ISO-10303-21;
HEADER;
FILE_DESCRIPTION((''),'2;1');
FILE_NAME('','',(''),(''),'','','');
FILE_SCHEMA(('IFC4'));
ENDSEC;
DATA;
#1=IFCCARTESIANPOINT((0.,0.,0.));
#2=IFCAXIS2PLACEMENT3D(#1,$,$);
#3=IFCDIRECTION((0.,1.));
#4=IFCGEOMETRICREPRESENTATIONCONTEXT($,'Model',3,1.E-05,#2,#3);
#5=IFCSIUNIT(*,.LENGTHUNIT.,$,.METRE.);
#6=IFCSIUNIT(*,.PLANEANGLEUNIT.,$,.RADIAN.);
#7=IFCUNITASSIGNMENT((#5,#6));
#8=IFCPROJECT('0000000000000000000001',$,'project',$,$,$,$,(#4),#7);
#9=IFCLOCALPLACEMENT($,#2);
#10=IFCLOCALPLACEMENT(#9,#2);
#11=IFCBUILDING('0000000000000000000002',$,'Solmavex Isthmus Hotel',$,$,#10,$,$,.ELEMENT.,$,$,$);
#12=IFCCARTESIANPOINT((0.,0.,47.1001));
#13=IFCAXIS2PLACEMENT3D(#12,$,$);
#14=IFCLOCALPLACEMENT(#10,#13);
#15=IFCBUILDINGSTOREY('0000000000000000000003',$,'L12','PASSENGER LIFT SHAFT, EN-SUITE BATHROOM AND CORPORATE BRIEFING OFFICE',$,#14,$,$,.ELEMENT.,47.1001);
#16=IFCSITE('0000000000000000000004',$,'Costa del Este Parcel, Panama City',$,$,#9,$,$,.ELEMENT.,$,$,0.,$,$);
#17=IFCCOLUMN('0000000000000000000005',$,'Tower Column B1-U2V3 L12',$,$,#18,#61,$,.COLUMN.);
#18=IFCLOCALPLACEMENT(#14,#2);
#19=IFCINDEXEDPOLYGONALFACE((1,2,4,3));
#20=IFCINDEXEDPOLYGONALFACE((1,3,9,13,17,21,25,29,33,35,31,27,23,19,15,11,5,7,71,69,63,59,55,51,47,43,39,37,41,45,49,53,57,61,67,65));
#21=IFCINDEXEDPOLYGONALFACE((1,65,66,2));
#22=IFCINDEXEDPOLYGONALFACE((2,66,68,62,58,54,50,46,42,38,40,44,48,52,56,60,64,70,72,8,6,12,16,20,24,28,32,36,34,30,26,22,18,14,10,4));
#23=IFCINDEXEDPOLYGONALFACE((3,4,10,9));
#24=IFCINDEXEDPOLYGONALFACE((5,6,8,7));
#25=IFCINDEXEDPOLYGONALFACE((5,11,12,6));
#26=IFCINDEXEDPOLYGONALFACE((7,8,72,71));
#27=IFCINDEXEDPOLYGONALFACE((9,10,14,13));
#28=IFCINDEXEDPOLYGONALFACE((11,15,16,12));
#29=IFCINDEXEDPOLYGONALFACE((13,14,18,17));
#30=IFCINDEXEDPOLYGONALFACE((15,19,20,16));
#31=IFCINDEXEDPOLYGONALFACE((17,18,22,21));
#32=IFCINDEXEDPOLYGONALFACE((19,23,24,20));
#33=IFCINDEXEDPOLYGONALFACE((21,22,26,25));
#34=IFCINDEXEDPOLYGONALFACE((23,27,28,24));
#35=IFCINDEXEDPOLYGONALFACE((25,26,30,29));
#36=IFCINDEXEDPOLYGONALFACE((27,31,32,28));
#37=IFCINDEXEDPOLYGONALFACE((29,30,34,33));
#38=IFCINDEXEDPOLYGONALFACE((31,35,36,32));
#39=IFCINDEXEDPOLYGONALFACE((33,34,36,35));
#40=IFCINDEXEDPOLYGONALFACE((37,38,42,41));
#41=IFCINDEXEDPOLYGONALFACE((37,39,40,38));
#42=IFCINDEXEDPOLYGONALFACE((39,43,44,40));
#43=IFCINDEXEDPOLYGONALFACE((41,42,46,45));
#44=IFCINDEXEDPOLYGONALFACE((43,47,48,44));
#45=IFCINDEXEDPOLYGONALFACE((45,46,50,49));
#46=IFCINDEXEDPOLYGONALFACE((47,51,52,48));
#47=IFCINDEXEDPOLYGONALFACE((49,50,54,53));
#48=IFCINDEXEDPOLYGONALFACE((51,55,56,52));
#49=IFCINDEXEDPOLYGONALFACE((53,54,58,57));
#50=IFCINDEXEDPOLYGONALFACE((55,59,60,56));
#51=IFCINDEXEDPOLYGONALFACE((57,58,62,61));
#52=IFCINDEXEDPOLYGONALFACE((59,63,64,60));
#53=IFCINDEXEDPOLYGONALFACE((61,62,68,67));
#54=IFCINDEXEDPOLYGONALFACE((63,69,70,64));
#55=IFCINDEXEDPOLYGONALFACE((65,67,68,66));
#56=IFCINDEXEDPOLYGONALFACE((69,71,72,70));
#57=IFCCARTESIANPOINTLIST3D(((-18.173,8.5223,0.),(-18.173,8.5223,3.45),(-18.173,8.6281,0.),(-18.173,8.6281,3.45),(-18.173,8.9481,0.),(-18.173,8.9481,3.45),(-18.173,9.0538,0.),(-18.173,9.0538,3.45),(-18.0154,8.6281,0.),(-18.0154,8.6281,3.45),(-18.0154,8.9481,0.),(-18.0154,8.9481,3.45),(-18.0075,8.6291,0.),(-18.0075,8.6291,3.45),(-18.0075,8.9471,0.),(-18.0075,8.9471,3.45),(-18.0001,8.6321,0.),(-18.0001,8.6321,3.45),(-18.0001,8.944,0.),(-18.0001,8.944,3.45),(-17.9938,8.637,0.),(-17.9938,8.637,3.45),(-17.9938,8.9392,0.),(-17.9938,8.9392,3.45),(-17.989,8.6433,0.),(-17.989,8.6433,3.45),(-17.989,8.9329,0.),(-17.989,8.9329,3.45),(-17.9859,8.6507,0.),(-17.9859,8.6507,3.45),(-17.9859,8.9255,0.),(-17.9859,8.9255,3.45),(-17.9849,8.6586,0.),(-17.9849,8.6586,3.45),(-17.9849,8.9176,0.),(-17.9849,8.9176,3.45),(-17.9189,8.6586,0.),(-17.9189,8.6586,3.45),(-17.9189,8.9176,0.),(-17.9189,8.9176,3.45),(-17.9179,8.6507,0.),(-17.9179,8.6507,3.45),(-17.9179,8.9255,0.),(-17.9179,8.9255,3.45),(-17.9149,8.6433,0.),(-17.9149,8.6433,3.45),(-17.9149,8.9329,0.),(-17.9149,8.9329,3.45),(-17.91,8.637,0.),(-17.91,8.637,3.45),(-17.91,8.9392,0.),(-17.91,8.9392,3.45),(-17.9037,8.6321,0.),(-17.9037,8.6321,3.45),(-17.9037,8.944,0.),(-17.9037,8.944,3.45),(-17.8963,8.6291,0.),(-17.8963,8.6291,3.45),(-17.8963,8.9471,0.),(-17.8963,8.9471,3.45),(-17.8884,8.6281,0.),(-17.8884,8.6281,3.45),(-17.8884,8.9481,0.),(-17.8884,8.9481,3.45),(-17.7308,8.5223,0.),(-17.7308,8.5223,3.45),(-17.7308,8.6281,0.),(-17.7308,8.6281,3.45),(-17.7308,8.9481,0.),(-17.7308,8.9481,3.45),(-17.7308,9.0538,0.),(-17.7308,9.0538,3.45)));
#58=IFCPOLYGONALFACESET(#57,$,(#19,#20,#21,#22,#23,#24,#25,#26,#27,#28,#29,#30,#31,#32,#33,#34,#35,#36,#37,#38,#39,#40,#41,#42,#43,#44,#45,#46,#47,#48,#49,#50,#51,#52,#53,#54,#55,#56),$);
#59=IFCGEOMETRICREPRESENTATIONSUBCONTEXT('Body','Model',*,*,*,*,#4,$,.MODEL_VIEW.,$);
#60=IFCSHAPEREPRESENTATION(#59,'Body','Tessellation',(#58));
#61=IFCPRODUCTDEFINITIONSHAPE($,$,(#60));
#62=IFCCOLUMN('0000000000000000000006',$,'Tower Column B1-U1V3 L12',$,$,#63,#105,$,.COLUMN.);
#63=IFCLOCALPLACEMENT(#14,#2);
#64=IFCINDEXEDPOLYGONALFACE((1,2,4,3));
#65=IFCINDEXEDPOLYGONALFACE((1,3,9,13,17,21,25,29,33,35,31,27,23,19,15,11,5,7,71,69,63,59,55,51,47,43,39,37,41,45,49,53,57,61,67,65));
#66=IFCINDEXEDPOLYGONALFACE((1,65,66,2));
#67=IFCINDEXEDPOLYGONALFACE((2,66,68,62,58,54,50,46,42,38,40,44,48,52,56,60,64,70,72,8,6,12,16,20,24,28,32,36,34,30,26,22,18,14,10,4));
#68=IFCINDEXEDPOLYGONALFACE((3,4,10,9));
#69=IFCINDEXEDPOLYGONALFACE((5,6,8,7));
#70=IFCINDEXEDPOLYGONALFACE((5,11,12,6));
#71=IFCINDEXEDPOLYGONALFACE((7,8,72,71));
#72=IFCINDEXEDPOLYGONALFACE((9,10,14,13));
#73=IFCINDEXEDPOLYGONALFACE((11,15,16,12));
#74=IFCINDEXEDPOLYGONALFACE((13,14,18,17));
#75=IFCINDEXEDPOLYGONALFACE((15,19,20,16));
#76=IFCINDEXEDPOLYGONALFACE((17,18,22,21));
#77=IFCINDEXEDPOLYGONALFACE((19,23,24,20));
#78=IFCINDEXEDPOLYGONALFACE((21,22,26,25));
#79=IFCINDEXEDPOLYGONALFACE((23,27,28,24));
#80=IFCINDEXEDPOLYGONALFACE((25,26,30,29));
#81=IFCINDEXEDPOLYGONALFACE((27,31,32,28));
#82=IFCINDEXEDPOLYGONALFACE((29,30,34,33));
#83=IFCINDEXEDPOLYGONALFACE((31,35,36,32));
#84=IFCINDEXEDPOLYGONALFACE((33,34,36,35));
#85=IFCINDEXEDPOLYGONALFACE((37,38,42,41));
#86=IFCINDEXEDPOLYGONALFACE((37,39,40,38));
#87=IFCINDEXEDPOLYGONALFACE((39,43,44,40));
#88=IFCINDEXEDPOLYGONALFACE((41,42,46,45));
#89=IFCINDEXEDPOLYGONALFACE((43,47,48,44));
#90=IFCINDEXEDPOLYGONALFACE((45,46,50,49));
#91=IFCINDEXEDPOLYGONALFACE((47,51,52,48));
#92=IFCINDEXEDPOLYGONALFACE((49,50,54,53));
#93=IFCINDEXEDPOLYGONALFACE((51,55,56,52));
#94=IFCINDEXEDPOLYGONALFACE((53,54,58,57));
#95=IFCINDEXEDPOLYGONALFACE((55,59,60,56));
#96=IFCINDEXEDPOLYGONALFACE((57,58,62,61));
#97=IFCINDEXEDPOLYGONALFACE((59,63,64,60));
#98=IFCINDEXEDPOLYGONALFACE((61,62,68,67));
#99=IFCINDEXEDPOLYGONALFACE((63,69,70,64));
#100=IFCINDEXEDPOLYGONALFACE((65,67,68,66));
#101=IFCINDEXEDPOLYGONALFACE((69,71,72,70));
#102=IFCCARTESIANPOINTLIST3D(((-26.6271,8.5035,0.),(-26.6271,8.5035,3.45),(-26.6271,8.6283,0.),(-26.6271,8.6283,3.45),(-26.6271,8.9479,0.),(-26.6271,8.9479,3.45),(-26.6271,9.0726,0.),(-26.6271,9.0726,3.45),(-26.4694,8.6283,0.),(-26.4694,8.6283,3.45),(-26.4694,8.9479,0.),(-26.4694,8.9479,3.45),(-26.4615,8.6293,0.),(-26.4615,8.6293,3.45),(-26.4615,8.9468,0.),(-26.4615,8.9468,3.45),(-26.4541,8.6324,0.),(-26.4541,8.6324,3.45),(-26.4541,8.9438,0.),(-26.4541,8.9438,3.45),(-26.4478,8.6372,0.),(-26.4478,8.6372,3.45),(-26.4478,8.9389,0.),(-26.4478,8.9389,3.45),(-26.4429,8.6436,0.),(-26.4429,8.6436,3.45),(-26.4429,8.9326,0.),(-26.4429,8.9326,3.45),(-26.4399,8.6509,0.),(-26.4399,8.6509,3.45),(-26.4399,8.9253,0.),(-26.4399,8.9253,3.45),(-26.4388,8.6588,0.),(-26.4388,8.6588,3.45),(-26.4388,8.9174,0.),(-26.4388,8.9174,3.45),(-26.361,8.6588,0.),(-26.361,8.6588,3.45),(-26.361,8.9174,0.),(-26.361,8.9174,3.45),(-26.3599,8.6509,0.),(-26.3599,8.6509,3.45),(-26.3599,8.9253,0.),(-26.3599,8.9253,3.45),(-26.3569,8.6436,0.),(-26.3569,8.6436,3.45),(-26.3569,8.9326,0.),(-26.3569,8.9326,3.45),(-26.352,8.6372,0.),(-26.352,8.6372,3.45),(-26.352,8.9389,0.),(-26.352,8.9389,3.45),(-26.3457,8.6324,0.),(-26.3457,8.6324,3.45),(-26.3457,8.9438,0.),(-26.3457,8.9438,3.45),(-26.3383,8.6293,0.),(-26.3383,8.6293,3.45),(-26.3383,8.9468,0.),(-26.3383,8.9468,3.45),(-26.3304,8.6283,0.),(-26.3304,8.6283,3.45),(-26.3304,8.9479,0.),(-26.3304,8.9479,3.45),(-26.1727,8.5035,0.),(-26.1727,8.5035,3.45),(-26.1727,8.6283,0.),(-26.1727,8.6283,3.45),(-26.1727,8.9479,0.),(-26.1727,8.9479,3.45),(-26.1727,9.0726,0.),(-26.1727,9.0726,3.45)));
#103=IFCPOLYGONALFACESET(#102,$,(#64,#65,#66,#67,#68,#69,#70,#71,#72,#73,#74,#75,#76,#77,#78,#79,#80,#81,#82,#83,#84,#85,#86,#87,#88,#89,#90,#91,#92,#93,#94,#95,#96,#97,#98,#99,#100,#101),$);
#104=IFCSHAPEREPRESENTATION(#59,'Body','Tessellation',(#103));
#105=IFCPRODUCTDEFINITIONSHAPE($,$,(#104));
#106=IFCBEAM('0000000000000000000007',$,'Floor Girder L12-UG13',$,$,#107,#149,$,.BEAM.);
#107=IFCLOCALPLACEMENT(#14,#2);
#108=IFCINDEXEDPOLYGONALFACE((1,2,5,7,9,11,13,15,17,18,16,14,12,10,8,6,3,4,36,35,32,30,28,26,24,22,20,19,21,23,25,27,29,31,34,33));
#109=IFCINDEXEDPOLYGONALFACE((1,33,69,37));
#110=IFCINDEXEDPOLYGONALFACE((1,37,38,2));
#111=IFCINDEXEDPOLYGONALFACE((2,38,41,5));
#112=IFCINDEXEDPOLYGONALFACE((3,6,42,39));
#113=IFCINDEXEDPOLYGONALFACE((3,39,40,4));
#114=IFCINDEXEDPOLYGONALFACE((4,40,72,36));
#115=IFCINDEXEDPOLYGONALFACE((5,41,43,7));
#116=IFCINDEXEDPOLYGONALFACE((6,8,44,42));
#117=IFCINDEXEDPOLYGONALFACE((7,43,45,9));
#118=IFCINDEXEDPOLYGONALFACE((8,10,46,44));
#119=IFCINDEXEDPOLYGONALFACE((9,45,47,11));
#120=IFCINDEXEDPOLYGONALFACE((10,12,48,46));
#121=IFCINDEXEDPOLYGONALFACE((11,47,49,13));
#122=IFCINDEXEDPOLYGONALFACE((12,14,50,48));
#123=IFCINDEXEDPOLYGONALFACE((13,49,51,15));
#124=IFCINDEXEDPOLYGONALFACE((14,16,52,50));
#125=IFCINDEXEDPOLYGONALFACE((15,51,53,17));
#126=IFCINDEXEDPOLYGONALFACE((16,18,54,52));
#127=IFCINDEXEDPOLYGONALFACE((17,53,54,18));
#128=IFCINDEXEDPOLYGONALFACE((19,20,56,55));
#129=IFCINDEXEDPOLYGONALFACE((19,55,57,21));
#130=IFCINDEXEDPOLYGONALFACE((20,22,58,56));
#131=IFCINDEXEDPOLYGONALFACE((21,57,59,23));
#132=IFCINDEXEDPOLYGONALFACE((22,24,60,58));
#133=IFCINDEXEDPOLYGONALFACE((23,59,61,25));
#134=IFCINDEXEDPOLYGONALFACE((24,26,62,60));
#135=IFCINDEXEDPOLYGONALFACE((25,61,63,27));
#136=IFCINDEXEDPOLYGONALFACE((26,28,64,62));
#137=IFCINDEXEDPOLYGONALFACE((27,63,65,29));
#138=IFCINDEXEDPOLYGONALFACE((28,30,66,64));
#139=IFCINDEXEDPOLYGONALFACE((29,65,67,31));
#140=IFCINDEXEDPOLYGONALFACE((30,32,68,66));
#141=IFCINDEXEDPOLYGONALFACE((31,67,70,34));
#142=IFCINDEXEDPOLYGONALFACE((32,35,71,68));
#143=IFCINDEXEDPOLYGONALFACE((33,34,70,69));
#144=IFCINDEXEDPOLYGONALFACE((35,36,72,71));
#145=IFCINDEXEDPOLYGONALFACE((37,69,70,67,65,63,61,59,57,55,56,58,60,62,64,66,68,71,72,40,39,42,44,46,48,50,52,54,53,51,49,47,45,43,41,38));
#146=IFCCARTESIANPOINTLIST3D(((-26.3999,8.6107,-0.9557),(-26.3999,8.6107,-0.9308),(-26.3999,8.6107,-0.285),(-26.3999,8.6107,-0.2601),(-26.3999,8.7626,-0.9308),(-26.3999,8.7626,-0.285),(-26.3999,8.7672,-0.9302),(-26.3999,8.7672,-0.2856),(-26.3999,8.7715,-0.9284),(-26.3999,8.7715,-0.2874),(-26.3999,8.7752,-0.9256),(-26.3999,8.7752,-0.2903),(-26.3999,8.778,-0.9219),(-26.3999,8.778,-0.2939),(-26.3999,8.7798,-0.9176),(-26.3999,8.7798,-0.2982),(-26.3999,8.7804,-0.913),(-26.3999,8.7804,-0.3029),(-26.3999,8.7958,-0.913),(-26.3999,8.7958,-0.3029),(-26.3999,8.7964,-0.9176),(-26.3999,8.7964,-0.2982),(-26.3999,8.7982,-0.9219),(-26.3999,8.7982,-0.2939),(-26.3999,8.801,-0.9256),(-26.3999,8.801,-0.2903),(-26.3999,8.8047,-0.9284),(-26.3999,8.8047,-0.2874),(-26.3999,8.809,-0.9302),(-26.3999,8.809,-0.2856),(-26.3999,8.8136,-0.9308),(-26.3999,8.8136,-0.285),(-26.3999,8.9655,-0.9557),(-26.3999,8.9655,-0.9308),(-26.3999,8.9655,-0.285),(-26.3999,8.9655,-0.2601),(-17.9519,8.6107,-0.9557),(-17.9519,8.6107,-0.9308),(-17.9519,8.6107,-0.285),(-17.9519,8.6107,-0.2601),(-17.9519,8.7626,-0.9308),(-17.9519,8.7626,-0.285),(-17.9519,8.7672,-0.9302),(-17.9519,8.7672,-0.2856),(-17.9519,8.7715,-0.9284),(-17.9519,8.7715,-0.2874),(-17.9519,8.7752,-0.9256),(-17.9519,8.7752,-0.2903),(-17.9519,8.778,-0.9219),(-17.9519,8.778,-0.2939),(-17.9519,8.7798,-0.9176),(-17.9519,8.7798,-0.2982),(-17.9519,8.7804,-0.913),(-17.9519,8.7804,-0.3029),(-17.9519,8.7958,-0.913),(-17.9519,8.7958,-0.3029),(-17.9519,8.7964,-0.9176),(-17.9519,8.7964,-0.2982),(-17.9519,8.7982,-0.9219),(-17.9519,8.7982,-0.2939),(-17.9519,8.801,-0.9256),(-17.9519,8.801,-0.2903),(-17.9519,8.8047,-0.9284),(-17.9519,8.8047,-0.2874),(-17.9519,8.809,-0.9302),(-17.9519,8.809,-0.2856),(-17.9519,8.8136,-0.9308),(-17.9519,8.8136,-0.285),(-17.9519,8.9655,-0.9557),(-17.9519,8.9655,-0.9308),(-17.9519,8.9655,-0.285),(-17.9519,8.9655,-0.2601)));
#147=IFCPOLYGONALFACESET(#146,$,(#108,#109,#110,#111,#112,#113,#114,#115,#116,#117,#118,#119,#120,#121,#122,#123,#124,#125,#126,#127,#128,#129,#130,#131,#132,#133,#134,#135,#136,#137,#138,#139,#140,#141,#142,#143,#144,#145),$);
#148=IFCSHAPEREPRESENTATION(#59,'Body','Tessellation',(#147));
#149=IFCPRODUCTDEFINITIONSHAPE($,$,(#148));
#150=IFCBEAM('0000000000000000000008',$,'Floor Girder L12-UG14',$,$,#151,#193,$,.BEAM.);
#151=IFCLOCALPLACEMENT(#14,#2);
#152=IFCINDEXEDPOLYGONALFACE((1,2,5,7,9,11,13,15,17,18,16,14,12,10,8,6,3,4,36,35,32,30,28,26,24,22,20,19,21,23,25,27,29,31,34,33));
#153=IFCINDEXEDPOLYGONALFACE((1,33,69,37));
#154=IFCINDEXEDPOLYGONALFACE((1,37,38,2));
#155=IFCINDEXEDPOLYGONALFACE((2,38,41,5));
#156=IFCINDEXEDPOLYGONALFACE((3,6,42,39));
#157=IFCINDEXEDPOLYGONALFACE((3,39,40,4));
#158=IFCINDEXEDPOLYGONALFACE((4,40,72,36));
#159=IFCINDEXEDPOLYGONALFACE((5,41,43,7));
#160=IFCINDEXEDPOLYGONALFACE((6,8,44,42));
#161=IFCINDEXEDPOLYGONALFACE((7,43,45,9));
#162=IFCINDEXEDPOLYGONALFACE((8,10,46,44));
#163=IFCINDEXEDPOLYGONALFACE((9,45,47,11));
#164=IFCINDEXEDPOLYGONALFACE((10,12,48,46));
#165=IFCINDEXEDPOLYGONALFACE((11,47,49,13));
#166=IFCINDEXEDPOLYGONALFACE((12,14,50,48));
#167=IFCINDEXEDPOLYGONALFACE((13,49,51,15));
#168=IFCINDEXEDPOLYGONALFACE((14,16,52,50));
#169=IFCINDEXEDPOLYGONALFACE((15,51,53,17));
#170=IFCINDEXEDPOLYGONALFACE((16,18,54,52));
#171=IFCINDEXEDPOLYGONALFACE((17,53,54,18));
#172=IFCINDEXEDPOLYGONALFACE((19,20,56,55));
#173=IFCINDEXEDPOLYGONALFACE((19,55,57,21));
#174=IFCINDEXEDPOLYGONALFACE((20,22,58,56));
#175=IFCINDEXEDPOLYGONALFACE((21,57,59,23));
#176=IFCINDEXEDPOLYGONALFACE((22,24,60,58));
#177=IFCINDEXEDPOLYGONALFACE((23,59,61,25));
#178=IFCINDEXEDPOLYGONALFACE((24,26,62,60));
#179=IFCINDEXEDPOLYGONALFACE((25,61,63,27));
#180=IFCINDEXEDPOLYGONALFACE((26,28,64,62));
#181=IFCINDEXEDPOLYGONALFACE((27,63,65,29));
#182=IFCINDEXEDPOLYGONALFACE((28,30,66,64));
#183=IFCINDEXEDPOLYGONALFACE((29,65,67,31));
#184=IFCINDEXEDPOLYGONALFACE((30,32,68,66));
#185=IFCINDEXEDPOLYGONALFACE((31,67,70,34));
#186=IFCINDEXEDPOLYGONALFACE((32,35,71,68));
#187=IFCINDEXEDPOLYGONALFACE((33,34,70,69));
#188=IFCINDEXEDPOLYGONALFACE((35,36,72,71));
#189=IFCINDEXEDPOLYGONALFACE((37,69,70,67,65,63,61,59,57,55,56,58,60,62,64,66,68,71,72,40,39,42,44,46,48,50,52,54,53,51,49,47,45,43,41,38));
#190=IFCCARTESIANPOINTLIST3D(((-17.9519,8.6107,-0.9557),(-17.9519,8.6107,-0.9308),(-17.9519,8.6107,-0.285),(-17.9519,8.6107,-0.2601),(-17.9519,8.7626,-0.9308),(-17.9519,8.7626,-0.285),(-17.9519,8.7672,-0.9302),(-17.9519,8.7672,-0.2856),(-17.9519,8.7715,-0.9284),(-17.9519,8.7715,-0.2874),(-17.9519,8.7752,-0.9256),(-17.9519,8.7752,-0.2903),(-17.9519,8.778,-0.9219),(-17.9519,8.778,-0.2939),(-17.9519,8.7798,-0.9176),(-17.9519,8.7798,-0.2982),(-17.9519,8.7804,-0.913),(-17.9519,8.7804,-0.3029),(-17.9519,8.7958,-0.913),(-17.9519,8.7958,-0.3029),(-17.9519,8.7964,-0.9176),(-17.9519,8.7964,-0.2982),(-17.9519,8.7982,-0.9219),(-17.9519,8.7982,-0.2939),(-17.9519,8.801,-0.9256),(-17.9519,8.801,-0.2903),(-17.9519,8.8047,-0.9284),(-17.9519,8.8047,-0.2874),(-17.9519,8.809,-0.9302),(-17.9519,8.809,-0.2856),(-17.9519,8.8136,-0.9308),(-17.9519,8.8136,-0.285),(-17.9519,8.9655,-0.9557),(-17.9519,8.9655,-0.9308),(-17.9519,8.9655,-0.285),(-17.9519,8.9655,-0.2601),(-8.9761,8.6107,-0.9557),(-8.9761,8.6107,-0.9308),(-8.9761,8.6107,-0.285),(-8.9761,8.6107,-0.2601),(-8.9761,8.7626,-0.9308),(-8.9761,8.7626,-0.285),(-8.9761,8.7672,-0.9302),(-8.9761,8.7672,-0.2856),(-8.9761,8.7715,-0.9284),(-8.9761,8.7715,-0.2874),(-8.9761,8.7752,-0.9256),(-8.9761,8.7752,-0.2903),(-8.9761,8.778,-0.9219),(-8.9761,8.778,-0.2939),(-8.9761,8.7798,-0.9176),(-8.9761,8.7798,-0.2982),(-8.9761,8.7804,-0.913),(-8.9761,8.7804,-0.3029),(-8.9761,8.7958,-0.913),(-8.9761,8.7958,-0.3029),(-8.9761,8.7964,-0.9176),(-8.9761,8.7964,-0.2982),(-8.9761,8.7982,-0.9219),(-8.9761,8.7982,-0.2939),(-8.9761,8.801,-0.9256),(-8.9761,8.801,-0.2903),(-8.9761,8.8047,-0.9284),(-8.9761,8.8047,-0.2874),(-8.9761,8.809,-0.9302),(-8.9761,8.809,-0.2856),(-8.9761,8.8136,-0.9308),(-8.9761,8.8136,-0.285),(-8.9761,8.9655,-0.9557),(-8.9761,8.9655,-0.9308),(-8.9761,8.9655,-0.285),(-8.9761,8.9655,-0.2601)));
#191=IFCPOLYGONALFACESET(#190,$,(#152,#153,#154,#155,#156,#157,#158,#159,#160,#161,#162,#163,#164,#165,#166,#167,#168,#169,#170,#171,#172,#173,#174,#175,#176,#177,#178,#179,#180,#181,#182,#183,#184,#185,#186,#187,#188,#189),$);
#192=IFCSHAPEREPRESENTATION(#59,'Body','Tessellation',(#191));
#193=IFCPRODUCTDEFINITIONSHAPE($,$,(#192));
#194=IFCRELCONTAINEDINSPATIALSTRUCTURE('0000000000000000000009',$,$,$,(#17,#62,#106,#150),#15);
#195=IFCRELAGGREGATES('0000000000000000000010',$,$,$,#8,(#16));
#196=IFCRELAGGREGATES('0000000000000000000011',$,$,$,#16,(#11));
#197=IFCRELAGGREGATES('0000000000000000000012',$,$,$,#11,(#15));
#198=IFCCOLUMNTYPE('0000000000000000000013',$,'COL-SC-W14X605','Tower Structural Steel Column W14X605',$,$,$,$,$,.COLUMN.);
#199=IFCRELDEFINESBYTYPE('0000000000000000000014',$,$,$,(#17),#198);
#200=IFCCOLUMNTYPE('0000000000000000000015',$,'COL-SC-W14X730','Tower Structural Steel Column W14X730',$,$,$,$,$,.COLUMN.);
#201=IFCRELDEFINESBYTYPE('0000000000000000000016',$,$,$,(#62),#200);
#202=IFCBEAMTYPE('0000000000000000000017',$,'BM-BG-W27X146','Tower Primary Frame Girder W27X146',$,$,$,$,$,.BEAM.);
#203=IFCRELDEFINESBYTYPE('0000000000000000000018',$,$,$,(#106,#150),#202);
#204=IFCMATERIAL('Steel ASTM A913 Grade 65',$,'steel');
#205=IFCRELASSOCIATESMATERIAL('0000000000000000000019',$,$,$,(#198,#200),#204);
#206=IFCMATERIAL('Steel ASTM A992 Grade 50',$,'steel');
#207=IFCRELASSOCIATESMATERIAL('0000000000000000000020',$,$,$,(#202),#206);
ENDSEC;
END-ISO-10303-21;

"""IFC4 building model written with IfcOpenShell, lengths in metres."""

from ifc_helpers import new_model, si_unit, direction, frame, origin, origin_2d, place, context, subcontext, project, spatial, i_section, extrude, material, material_profile, profile_set, type_object, element, save


model = new_model("IFC4")

# Units and contexts
model_context = context("Model", 3, precision=1e-05, world=origin(), true_north=direction((0.0, 1.0)))
body_context = subcontext(model_context, "Body", "Model", "MODEL_VIEW")
ifc_project = project(units=[si_unit("LENGTHUNIT", "METRE"), si_unit("PLANEANGLEUNIT", "RADIAN")], contexts=[model_context])

# Site, building, storey
site_placement = place(None, origin())
site = spatial("IfcSite", under=ifc_project, at=site_placement, Name="Costa del Este Parcel, Panama City", CompositionType="ELEMENT", RefElevation=0.0)
building_placement = place(site_placement, origin())
building = spatial("IfcBuilding", under=site, at=building_placement, Name="Solmavex Isthmus Hotel", CompositionType="ELEMENT")
storey_placement = place(building_placement, frame((0.0, 0.0, 47.1001)))
storey = spatial("IfcBuildingStorey", under=building, at=storey_placement, Name="L12", Description="PASSENGER LIFT SHAFT, EN-SUITE BATHROOM AND CORPORATE BRIEFING OFFICE", CompositionType="ELEMENT", Elevation=47.1001)

# Columns
ifc_material_1 = material(Name="Steel ASTM A913 Grade 65", Category="steel")
ifc_material_profile_1 = material_profile(ifc_material_1, i_section(OverallWidth=0.4421, OverallDepth=0.5315, WebThickness=0.0659, FlangeThickness=0.1057, FilletRadius=0.0305, at=origin_2d()), Name="W14X605")
ifc_profile_set_1 = profile_set([ifc_material_profile_1], Name="Steel ASTM A913 Grade 65")
column_type_1 = type_object("IfcColumnType", Name="COL-SC-W14X605", Description="Tower Structural Steel Column W14X605", PredefinedType="COLUMN", material=ifc_profile_set_1)
column_1_placement = place(storey_placement, frame((-17.9519, 8.7881, 0.0), z_axis=(0.0, 0.0, 1.0), x_axis=(1.0, 0.0, 0.0)))
element("IfcColumn", 1, at=column_1_placement, inside=storey, type_object=column_type_1, Name="Tower Column B1-U2V3 L12", PredefinedType="COLUMN", context=body_context, shape_type="SweptSolid", body=[
    extrude(i_section(OverallWidth=0.4421, OverallDepth=0.5315, WebThickness=0.0659, FlangeThickness=0.1057, FilletRadius=0.0305, at=origin_2d()), origin(), (0.0, 0.0, 1.0), 3.45),
])
ifc_material_profile_2 = material_profile(ifc_material_1, i_section(OverallWidth=0.4543, OverallDepth=0.5691, WebThickness=0.0779, FlangeThickness=0.1248, FilletRadius=0.0305, at=origin_2d()), Name="W14X730")
ifc_profile_set_2 = profile_set([ifc_material_profile_2], Name="Steel ASTM A913 Grade 65")
column_type_2 = type_object("IfcColumnType", Name="COL-SC-W14X730", Description="Tower Structural Steel Column W14X730", PredefinedType="COLUMN", material=ifc_profile_set_2)
column_2_placement = place(storey_placement, frame((-26.3999, 8.7881, 0.0), z_axis=(0.0, 0.0, 1.0), x_axis=(1.0, 0.0, 0.0)))
element("IfcColumn", 2, at=column_2_placement, inside=storey, type_object=column_type_2, Name="Tower Column B1-U1V3 L12", PredefinedType="COLUMN", context=body_context, shape_type="SweptSolid", body=[
    extrude(i_section(OverallWidth=0.4543, OverallDepth=0.5691, WebThickness=0.0779, FlangeThickness=0.1248, FilletRadius=0.0305, at=origin_2d()), origin(), (0.0, 0.0, 1.0), 3.45),
])

# Beams
ifc_material_2 = material(Name="Steel ASTM A992 Grade 50", Category="steel")
ifc_material_profile_3 = material_profile(ifc_material_2, i_section(OverallWidth=0.3547, OverallDepth=0.6956, WebThickness=0.0154, FlangeThickness=0.0249, FilletRadius=0.0178, at=origin_2d()), Name="W27X146")
ifc_profile_set_3 = profile_set([ifc_material_profile_3], Name="Steel ASTM A992 Grade 50")
beam_type_1 = type_object("IfcBeamType", Name="BM-BG-W27X146", Description="Tower Primary Frame Girder W27X146", PredefinedType="BEAM", material=ifc_profile_set_3)
beam_1_placement = place(storey_placement, frame((-26.3999, 8.7881, -0.6079), z_axis=(1.0, 0.0, 0.0), x_axis=(0.0, 1.0, 0.0)))
element("IfcBeam", 3, at=beam_1_placement, inside=storey, type_object=beam_type_1, Name="Floor Girder L12-UG13", PredefinedType="BEAM", context=body_context, shape_type="SweptSolid", body=[
    extrude(i_section(OverallWidth=0.3547, OverallDepth=0.6956, WebThickness=0.0154, FlangeThickness=0.0249, FilletRadius=0.0178, at=origin_2d()), origin(), (0.0, 0.0, 1.0), 8.448),
])
beam_2_placement = place(storey_placement, frame((-17.9519, 8.7881, -0.6079), z_axis=(1.0, 0.0, 0.0), x_axis=(0.0, 1.0, 0.0)))
element("IfcBeam", 4, at=beam_2_placement, inside=storey, type_object=beam_type_1, Name="Floor Girder L12-UG14", PredefinedType="BEAM", context=body_context, shape_type="SweptSolid", body=[
    extrude(i_section(OverallWidth=0.3547, OverallDepth=0.6956, WebThickness=0.0154, FlangeThickness=0.0249, FilletRadius=0.0178, at=origin_2d()), origin(), (0.0, 0.0, 1.0), 8.9758),
])

save(model, "model.ifc")
